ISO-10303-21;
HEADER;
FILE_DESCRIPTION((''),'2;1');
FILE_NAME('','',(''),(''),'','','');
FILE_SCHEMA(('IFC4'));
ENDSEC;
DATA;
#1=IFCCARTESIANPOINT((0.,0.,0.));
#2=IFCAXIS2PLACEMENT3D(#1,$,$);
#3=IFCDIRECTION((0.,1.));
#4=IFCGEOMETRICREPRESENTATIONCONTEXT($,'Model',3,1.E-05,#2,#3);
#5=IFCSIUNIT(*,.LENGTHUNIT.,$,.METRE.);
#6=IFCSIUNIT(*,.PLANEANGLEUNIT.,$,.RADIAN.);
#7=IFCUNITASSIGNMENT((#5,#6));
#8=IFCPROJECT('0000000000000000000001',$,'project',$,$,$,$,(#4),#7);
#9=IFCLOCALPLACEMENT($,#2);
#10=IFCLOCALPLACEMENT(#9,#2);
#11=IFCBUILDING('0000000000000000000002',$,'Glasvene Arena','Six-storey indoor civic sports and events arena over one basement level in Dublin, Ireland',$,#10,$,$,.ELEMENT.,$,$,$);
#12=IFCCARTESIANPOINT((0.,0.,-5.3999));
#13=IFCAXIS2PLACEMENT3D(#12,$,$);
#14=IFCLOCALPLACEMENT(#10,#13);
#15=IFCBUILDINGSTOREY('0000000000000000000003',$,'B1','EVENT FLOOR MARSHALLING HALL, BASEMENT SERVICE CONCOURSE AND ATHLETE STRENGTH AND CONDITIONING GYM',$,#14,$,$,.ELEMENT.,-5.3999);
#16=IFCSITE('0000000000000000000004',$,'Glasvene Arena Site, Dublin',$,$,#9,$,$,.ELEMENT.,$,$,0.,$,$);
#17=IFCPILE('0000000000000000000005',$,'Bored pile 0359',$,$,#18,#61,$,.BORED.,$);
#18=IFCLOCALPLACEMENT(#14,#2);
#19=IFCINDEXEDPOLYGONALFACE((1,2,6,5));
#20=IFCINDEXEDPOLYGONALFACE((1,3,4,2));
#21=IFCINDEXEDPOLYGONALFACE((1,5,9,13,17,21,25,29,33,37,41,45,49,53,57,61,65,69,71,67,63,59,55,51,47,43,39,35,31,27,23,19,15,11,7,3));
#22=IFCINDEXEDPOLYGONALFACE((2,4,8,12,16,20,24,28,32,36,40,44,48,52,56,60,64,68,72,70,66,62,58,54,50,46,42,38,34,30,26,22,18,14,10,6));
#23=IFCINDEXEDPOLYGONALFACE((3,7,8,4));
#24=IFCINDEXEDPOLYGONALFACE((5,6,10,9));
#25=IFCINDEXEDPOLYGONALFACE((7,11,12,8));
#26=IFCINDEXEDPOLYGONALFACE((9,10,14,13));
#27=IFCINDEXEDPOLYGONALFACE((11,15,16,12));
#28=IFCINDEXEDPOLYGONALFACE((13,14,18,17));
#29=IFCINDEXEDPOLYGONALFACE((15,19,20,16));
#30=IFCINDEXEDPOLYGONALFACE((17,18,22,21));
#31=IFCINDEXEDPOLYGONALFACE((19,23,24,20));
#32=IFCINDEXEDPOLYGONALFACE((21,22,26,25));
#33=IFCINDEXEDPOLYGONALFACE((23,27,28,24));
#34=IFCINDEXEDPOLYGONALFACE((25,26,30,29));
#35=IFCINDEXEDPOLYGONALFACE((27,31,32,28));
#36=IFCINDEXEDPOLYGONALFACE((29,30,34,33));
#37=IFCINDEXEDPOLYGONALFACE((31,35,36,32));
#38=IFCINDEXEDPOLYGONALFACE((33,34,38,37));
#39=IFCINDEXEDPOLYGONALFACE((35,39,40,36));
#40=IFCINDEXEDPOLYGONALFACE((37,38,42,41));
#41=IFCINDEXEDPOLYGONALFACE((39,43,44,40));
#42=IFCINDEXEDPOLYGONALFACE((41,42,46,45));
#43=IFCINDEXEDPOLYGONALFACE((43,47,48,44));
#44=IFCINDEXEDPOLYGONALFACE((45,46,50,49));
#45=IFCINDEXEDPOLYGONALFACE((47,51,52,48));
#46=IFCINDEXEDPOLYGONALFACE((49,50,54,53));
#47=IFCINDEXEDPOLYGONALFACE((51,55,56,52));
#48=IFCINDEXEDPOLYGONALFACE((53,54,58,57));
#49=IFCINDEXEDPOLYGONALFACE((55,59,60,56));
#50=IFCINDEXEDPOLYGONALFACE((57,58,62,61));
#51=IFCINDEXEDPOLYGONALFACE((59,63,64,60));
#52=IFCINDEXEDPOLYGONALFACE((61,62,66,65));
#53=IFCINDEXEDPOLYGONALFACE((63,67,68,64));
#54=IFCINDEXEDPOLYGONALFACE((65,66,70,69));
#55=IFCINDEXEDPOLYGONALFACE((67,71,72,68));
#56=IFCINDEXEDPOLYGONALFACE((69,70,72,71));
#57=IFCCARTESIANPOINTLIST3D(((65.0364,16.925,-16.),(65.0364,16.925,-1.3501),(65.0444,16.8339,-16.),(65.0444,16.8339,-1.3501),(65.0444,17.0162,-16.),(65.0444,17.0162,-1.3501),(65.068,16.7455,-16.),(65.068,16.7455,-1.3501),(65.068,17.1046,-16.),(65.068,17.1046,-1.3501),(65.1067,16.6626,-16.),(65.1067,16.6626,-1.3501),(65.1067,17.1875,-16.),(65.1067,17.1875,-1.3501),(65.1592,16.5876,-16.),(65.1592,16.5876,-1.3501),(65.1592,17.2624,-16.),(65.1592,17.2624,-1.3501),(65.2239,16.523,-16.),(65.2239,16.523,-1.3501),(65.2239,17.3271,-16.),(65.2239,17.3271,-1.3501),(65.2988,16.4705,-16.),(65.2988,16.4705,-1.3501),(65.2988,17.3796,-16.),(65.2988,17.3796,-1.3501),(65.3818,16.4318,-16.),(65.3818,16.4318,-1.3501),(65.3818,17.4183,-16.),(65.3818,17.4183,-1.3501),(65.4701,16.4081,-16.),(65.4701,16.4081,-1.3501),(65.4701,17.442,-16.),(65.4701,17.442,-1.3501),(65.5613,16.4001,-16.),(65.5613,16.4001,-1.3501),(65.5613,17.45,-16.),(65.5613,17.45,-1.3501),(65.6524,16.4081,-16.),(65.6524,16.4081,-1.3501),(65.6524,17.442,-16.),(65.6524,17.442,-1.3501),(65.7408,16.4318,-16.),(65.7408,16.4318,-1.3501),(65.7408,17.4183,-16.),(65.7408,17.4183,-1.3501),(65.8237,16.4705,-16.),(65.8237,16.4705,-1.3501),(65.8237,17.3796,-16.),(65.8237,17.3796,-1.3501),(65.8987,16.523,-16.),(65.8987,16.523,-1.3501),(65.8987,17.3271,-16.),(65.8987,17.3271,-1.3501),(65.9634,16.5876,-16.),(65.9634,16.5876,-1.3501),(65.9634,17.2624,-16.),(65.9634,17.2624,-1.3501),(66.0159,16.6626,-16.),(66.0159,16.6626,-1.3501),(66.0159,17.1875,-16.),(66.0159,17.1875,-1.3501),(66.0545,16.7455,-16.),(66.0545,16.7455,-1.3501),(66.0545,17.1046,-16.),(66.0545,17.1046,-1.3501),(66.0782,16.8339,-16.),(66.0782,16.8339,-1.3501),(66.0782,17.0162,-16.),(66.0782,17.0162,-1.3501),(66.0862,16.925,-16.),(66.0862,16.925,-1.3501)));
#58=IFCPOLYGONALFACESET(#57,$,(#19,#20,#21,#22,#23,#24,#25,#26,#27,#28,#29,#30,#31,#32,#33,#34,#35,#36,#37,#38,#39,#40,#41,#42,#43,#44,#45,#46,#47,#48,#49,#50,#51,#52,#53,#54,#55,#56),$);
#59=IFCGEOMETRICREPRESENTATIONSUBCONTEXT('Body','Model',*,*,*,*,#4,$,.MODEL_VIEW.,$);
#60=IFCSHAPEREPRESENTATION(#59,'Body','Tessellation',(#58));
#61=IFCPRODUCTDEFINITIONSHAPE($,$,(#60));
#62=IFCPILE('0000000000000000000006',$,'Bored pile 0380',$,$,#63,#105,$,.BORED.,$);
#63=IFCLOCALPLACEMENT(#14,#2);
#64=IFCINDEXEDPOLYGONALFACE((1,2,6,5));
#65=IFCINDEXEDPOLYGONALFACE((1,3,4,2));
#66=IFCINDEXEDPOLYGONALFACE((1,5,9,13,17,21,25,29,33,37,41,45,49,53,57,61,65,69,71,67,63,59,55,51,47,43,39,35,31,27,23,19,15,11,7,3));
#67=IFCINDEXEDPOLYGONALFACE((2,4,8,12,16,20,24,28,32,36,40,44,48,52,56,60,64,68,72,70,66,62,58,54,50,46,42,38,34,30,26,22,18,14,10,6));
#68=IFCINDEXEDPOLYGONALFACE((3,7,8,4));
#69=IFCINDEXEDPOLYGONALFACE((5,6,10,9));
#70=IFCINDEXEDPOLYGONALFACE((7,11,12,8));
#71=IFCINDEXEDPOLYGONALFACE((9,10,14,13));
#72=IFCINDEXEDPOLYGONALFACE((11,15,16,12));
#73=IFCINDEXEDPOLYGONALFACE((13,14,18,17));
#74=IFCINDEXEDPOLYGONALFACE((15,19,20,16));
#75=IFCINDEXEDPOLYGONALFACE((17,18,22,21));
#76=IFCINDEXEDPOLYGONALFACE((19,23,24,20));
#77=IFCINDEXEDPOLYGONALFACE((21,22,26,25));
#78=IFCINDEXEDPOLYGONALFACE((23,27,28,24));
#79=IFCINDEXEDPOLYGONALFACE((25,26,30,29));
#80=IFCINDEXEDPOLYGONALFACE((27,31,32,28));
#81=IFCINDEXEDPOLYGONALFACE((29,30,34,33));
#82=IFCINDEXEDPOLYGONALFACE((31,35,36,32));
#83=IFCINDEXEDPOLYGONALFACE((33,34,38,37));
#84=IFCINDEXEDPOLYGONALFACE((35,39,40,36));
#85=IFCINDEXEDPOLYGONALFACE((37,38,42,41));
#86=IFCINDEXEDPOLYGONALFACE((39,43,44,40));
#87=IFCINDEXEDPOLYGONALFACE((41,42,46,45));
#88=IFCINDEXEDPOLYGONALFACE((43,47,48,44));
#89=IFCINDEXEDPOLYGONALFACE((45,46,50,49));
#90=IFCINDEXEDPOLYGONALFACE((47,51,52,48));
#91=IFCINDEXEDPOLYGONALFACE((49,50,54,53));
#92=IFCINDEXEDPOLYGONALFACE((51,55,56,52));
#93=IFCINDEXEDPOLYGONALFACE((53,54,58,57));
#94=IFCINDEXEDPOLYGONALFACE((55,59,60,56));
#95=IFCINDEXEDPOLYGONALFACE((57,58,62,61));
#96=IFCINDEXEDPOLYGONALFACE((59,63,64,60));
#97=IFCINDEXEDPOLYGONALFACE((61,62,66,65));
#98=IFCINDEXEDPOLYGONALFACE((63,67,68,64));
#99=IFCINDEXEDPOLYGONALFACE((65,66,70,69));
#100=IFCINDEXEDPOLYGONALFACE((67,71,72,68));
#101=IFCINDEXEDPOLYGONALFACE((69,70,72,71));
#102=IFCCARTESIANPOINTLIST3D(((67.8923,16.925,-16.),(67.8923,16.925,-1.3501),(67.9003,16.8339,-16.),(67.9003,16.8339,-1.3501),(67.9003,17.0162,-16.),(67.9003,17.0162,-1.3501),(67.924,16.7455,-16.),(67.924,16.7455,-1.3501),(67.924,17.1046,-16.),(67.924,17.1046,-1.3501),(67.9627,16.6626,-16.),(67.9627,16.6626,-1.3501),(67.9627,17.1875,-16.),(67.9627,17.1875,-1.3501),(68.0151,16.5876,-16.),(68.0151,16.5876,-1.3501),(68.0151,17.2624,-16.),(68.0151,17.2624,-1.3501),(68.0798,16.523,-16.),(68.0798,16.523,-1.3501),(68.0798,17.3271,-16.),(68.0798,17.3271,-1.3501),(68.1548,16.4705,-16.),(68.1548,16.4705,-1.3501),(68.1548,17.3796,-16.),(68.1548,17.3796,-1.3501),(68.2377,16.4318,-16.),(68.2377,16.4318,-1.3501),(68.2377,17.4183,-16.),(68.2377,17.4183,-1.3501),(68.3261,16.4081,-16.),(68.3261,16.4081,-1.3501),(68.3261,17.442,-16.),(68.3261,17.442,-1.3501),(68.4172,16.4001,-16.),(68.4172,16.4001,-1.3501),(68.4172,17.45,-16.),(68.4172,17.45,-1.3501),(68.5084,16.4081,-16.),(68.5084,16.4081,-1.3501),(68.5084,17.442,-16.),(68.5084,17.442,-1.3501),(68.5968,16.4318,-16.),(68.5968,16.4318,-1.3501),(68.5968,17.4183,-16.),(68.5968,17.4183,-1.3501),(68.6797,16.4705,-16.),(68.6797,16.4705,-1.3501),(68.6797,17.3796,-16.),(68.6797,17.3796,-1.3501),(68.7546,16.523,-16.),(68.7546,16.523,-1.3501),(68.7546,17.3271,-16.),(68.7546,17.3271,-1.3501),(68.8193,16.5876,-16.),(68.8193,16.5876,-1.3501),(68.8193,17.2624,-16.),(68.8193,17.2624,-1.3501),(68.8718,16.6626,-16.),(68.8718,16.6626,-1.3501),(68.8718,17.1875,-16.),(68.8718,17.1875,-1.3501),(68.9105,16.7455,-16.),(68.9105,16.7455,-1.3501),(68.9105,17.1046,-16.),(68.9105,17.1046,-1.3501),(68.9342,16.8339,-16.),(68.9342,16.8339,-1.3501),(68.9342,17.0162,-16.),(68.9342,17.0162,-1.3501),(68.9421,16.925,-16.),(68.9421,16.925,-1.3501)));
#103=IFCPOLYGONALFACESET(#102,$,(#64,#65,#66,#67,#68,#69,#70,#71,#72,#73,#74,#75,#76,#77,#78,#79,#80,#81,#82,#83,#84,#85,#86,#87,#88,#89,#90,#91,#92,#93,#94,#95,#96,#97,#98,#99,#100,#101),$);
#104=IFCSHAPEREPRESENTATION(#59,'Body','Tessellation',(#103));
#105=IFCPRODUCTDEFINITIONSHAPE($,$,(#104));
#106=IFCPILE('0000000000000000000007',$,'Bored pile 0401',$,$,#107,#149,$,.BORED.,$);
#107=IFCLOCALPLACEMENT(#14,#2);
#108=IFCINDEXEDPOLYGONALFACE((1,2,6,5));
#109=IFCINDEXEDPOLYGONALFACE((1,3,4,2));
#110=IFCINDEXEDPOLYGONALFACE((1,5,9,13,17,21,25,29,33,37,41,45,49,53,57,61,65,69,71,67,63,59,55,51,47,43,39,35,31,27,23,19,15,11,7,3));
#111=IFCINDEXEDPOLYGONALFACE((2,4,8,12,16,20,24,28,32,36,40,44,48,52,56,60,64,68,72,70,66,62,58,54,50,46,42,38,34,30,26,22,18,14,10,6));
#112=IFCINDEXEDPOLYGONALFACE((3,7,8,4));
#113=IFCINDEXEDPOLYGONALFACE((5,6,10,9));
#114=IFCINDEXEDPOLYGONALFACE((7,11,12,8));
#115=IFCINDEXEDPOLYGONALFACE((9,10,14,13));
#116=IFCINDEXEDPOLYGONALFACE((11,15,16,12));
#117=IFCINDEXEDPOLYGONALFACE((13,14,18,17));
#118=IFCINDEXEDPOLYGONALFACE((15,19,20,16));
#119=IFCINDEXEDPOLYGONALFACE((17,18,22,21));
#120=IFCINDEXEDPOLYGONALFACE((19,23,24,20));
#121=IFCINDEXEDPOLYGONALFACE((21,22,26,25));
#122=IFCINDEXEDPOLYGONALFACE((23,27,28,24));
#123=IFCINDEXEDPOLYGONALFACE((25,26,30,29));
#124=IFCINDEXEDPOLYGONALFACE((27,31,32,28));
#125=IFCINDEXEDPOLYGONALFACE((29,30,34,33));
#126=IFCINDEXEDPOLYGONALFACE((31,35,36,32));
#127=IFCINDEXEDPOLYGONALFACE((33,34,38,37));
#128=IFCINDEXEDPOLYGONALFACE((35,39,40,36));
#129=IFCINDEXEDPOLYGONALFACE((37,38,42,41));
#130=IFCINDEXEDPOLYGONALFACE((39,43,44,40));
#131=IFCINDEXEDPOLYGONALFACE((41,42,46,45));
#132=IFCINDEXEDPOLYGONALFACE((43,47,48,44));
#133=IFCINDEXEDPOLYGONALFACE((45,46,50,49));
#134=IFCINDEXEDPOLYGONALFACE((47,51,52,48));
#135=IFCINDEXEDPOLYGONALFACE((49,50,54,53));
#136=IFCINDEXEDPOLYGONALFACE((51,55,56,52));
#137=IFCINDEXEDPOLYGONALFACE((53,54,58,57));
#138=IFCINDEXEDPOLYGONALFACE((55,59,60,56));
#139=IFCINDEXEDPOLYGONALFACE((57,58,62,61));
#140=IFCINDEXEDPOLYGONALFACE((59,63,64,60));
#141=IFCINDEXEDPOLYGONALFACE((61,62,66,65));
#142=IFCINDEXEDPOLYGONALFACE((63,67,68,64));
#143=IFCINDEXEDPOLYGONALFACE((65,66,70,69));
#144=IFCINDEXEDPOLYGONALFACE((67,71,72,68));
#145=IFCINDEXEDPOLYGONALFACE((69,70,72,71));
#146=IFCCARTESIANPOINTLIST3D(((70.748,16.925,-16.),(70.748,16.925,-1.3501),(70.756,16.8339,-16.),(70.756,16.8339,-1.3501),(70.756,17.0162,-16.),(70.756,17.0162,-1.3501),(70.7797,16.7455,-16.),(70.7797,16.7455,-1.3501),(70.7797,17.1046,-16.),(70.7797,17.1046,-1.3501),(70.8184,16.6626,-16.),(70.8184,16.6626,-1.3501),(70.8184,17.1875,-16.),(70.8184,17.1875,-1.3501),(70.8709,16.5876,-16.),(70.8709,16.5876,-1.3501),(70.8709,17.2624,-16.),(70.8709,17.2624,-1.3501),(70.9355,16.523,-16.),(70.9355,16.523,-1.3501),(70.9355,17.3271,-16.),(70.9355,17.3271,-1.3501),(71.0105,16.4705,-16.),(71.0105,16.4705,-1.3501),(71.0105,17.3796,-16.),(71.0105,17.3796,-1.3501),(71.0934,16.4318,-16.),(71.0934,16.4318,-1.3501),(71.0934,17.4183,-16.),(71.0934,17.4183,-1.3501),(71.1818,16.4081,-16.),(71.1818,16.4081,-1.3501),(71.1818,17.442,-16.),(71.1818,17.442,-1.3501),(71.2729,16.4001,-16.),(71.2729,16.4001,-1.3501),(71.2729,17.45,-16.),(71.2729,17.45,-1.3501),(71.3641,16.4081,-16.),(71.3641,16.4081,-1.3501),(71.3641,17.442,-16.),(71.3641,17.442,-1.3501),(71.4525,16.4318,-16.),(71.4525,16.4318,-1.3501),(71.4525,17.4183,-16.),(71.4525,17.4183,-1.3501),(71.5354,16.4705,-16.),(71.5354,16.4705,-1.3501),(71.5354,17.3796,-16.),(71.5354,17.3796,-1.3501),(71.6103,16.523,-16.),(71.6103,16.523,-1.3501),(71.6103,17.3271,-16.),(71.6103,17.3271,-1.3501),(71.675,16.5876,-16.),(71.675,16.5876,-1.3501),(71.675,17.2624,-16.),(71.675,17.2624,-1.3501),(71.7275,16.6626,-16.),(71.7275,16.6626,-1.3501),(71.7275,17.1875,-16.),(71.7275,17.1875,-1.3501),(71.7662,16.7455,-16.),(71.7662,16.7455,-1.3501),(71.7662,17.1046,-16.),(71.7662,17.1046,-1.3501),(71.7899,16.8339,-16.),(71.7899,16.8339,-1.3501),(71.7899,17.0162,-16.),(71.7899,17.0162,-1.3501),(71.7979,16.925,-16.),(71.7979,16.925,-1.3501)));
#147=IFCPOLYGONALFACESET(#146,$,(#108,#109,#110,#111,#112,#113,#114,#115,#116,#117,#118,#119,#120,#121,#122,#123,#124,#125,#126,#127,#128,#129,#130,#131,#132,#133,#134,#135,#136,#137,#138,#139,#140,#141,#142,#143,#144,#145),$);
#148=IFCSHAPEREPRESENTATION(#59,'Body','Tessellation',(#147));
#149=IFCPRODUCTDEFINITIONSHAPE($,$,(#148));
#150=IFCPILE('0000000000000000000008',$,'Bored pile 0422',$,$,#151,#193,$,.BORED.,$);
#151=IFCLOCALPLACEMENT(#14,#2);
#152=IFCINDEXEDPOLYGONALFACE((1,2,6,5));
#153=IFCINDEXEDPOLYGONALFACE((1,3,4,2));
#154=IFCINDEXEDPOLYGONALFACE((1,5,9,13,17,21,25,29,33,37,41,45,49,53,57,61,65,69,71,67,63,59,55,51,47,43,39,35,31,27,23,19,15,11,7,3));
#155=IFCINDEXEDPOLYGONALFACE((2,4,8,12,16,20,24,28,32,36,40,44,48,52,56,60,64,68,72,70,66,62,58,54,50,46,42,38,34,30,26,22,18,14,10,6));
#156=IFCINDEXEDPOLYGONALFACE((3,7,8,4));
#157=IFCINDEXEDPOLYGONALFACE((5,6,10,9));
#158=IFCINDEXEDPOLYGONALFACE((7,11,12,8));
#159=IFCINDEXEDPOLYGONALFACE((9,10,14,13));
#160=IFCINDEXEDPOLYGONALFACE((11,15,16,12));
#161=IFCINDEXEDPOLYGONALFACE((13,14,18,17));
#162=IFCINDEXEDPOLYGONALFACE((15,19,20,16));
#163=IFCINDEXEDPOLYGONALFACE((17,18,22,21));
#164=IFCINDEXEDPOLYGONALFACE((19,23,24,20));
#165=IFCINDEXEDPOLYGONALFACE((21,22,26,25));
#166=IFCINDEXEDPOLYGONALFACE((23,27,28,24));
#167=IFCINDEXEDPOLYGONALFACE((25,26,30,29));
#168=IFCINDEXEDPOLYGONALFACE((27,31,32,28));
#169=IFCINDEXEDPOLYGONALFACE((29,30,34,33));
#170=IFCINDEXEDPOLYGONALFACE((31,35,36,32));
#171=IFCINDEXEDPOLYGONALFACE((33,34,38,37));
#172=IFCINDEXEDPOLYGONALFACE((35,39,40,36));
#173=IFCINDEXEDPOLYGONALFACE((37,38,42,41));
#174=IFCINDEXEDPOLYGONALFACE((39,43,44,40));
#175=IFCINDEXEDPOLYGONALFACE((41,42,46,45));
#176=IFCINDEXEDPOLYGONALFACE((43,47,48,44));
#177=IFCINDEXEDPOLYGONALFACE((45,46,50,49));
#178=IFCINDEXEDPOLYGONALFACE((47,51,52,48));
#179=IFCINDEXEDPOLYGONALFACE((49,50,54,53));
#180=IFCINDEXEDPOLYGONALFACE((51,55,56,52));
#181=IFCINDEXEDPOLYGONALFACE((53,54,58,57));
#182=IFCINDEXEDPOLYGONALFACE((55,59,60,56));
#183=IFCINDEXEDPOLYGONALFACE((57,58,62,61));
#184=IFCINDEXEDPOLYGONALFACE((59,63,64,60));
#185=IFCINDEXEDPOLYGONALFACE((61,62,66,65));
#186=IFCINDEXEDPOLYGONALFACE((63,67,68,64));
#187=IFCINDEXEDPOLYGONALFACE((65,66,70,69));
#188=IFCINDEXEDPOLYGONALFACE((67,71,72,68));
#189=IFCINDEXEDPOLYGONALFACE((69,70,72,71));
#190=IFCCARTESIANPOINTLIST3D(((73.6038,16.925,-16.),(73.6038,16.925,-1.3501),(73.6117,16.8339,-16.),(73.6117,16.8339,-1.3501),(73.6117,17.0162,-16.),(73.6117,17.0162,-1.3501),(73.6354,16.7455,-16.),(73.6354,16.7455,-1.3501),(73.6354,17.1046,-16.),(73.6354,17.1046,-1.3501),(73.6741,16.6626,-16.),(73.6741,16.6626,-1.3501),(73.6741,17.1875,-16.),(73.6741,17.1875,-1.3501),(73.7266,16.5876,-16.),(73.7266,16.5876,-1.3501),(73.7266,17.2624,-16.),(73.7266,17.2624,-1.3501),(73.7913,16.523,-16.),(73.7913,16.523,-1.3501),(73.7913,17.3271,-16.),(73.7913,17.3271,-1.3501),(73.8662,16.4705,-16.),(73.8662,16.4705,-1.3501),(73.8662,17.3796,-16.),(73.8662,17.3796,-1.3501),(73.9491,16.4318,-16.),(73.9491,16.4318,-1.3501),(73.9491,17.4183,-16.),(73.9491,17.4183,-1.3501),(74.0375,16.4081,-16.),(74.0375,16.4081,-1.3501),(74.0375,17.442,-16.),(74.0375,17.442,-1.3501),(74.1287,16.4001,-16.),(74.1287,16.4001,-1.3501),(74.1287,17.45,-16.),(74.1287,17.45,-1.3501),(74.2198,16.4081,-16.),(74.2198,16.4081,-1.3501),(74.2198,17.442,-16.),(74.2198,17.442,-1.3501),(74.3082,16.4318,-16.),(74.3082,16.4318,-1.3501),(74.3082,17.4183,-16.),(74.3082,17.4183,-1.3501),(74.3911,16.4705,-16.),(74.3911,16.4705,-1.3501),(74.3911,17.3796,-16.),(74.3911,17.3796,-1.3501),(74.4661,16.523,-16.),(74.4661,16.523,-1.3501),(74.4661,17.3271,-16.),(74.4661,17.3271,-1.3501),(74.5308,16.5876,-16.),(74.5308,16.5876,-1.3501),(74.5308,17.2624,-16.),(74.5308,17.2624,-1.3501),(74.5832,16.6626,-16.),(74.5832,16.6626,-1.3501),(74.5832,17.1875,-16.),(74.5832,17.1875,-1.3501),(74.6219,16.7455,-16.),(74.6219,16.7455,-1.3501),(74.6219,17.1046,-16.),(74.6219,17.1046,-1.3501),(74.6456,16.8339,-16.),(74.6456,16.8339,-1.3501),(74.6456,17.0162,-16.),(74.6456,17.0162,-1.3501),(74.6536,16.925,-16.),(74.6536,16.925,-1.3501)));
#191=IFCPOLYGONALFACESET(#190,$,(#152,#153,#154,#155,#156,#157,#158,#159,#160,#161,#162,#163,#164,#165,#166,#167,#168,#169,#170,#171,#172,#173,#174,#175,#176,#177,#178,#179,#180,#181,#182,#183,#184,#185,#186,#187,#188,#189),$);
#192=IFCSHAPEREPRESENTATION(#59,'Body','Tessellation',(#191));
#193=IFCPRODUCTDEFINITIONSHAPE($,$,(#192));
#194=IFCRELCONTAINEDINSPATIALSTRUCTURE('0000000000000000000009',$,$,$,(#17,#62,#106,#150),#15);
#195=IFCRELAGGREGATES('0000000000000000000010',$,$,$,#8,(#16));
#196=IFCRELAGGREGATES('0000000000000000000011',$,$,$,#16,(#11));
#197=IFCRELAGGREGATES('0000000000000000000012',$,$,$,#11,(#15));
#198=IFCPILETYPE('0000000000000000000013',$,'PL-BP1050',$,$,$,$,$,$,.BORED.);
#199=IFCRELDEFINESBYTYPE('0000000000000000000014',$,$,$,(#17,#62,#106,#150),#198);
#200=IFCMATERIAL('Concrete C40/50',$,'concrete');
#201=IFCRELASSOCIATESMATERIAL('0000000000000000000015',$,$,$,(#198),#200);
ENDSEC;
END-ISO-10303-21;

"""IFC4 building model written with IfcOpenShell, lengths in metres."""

from ifc_helpers import new_model, si_unit, direction, frame, origin, origin_2d, place, context, subcontext, project, spatial, circle, extrude, material, material_profile, profile_set, type_object, element, save


model = new_model("IFC4")

# Units and contexts
model_context = context("Model", 3, precision=1e-05, world=origin(), true_north=direction((0.0, 1.0)))
body_context = subcontext(model_context, "Body", "Model", "MODEL_VIEW")
ifc_project = project(units=[si_unit("LENGTHUNIT", "METRE"), si_unit("PLANEANGLEUNIT", "RADIAN")], contexts=[model_context])

# Site, building, storey
site_placement = place(None, origin())
site = spatial("IfcSite", under=ifc_project, at=site_placement, Name="Glasvene Arena Site, Dublin", CompositionType="ELEMENT", RefElevation=0.0)
building_placement = place(site_placement, origin())
building = spatial("IfcBuilding", under=site, at=building_placement, Name="Glasvene Arena", Description="Six-storey indoor civic sports and events arena over one basement level in Dublin, Ireland", CompositionType="ELEMENT")
storey_placement = place(building_placement, frame((0.0, 0.0, -5.3999)))
storey = spatial("IfcBuildingStorey", under=building, at=storey_placement, Name="B1", Description="EVENT FLOOR MARSHALLING HALL, BASEMENT SERVICE CONCOURSE AND ATHLETE STRENGTH AND CONDITIONING GYM", CompositionType="ELEMENT", Elevation=-5.3999)

# Shared definitions
ifc_material_1 = material(Name="Concrete C40/50", Category="concrete")

# Piles
ifc_material_profile_1 = material_profile(ifc_material_1, circle(Radius=0.5249, at=origin_2d()), Name="BORED PILE 1050")
ifc_profile_set_1 = profile_set([ifc_material_profile_1], Name="Concrete C40/50")
pile_type_1 = type_object("IfcPileType", Name="PL-BP1050", PredefinedType="BORED", material=ifc_profile_set_1)
for number, where, z_axis, x_axis, name in (
    (1, (65.5613, 16.925, -1.3501), (0.0, 0.0, -1.0), (1.0, 0.0, 0.0), "Bored pile 0359"),
    (2, (68.4172, 16.925, -1.3501), (0.0, 0.0, -1.0), (1.0, 0.0, 0.0), "Bored pile 0380"),
    (3, (71.2729, 16.925, -1.3501), (0.0, 0.0, -1.0), (1.0, 0.0, 0.0), "Bored pile 0401"),
    (4, (74.1287, 16.925, -1.3501), (0.0, 0.0, -1.0), (1.0, 0.0, 0.0), "Bored pile 0422"),
):
    element("IfcPile", number, at=place(storey_placement, frame(where, z_axis=z_axis, x_axis=x_axis)), inside=storey, type_object=pile_type_1, Name=name, PredefinedType="BORED", context=body_context, shape_type="SweptSolid", body=[
        extrude(circle(Radius=0.5249, at=origin_2d()), origin(), (0.0, 0.0, 1.0), 14.6499),
    ])

save(model, "model.ifc")
